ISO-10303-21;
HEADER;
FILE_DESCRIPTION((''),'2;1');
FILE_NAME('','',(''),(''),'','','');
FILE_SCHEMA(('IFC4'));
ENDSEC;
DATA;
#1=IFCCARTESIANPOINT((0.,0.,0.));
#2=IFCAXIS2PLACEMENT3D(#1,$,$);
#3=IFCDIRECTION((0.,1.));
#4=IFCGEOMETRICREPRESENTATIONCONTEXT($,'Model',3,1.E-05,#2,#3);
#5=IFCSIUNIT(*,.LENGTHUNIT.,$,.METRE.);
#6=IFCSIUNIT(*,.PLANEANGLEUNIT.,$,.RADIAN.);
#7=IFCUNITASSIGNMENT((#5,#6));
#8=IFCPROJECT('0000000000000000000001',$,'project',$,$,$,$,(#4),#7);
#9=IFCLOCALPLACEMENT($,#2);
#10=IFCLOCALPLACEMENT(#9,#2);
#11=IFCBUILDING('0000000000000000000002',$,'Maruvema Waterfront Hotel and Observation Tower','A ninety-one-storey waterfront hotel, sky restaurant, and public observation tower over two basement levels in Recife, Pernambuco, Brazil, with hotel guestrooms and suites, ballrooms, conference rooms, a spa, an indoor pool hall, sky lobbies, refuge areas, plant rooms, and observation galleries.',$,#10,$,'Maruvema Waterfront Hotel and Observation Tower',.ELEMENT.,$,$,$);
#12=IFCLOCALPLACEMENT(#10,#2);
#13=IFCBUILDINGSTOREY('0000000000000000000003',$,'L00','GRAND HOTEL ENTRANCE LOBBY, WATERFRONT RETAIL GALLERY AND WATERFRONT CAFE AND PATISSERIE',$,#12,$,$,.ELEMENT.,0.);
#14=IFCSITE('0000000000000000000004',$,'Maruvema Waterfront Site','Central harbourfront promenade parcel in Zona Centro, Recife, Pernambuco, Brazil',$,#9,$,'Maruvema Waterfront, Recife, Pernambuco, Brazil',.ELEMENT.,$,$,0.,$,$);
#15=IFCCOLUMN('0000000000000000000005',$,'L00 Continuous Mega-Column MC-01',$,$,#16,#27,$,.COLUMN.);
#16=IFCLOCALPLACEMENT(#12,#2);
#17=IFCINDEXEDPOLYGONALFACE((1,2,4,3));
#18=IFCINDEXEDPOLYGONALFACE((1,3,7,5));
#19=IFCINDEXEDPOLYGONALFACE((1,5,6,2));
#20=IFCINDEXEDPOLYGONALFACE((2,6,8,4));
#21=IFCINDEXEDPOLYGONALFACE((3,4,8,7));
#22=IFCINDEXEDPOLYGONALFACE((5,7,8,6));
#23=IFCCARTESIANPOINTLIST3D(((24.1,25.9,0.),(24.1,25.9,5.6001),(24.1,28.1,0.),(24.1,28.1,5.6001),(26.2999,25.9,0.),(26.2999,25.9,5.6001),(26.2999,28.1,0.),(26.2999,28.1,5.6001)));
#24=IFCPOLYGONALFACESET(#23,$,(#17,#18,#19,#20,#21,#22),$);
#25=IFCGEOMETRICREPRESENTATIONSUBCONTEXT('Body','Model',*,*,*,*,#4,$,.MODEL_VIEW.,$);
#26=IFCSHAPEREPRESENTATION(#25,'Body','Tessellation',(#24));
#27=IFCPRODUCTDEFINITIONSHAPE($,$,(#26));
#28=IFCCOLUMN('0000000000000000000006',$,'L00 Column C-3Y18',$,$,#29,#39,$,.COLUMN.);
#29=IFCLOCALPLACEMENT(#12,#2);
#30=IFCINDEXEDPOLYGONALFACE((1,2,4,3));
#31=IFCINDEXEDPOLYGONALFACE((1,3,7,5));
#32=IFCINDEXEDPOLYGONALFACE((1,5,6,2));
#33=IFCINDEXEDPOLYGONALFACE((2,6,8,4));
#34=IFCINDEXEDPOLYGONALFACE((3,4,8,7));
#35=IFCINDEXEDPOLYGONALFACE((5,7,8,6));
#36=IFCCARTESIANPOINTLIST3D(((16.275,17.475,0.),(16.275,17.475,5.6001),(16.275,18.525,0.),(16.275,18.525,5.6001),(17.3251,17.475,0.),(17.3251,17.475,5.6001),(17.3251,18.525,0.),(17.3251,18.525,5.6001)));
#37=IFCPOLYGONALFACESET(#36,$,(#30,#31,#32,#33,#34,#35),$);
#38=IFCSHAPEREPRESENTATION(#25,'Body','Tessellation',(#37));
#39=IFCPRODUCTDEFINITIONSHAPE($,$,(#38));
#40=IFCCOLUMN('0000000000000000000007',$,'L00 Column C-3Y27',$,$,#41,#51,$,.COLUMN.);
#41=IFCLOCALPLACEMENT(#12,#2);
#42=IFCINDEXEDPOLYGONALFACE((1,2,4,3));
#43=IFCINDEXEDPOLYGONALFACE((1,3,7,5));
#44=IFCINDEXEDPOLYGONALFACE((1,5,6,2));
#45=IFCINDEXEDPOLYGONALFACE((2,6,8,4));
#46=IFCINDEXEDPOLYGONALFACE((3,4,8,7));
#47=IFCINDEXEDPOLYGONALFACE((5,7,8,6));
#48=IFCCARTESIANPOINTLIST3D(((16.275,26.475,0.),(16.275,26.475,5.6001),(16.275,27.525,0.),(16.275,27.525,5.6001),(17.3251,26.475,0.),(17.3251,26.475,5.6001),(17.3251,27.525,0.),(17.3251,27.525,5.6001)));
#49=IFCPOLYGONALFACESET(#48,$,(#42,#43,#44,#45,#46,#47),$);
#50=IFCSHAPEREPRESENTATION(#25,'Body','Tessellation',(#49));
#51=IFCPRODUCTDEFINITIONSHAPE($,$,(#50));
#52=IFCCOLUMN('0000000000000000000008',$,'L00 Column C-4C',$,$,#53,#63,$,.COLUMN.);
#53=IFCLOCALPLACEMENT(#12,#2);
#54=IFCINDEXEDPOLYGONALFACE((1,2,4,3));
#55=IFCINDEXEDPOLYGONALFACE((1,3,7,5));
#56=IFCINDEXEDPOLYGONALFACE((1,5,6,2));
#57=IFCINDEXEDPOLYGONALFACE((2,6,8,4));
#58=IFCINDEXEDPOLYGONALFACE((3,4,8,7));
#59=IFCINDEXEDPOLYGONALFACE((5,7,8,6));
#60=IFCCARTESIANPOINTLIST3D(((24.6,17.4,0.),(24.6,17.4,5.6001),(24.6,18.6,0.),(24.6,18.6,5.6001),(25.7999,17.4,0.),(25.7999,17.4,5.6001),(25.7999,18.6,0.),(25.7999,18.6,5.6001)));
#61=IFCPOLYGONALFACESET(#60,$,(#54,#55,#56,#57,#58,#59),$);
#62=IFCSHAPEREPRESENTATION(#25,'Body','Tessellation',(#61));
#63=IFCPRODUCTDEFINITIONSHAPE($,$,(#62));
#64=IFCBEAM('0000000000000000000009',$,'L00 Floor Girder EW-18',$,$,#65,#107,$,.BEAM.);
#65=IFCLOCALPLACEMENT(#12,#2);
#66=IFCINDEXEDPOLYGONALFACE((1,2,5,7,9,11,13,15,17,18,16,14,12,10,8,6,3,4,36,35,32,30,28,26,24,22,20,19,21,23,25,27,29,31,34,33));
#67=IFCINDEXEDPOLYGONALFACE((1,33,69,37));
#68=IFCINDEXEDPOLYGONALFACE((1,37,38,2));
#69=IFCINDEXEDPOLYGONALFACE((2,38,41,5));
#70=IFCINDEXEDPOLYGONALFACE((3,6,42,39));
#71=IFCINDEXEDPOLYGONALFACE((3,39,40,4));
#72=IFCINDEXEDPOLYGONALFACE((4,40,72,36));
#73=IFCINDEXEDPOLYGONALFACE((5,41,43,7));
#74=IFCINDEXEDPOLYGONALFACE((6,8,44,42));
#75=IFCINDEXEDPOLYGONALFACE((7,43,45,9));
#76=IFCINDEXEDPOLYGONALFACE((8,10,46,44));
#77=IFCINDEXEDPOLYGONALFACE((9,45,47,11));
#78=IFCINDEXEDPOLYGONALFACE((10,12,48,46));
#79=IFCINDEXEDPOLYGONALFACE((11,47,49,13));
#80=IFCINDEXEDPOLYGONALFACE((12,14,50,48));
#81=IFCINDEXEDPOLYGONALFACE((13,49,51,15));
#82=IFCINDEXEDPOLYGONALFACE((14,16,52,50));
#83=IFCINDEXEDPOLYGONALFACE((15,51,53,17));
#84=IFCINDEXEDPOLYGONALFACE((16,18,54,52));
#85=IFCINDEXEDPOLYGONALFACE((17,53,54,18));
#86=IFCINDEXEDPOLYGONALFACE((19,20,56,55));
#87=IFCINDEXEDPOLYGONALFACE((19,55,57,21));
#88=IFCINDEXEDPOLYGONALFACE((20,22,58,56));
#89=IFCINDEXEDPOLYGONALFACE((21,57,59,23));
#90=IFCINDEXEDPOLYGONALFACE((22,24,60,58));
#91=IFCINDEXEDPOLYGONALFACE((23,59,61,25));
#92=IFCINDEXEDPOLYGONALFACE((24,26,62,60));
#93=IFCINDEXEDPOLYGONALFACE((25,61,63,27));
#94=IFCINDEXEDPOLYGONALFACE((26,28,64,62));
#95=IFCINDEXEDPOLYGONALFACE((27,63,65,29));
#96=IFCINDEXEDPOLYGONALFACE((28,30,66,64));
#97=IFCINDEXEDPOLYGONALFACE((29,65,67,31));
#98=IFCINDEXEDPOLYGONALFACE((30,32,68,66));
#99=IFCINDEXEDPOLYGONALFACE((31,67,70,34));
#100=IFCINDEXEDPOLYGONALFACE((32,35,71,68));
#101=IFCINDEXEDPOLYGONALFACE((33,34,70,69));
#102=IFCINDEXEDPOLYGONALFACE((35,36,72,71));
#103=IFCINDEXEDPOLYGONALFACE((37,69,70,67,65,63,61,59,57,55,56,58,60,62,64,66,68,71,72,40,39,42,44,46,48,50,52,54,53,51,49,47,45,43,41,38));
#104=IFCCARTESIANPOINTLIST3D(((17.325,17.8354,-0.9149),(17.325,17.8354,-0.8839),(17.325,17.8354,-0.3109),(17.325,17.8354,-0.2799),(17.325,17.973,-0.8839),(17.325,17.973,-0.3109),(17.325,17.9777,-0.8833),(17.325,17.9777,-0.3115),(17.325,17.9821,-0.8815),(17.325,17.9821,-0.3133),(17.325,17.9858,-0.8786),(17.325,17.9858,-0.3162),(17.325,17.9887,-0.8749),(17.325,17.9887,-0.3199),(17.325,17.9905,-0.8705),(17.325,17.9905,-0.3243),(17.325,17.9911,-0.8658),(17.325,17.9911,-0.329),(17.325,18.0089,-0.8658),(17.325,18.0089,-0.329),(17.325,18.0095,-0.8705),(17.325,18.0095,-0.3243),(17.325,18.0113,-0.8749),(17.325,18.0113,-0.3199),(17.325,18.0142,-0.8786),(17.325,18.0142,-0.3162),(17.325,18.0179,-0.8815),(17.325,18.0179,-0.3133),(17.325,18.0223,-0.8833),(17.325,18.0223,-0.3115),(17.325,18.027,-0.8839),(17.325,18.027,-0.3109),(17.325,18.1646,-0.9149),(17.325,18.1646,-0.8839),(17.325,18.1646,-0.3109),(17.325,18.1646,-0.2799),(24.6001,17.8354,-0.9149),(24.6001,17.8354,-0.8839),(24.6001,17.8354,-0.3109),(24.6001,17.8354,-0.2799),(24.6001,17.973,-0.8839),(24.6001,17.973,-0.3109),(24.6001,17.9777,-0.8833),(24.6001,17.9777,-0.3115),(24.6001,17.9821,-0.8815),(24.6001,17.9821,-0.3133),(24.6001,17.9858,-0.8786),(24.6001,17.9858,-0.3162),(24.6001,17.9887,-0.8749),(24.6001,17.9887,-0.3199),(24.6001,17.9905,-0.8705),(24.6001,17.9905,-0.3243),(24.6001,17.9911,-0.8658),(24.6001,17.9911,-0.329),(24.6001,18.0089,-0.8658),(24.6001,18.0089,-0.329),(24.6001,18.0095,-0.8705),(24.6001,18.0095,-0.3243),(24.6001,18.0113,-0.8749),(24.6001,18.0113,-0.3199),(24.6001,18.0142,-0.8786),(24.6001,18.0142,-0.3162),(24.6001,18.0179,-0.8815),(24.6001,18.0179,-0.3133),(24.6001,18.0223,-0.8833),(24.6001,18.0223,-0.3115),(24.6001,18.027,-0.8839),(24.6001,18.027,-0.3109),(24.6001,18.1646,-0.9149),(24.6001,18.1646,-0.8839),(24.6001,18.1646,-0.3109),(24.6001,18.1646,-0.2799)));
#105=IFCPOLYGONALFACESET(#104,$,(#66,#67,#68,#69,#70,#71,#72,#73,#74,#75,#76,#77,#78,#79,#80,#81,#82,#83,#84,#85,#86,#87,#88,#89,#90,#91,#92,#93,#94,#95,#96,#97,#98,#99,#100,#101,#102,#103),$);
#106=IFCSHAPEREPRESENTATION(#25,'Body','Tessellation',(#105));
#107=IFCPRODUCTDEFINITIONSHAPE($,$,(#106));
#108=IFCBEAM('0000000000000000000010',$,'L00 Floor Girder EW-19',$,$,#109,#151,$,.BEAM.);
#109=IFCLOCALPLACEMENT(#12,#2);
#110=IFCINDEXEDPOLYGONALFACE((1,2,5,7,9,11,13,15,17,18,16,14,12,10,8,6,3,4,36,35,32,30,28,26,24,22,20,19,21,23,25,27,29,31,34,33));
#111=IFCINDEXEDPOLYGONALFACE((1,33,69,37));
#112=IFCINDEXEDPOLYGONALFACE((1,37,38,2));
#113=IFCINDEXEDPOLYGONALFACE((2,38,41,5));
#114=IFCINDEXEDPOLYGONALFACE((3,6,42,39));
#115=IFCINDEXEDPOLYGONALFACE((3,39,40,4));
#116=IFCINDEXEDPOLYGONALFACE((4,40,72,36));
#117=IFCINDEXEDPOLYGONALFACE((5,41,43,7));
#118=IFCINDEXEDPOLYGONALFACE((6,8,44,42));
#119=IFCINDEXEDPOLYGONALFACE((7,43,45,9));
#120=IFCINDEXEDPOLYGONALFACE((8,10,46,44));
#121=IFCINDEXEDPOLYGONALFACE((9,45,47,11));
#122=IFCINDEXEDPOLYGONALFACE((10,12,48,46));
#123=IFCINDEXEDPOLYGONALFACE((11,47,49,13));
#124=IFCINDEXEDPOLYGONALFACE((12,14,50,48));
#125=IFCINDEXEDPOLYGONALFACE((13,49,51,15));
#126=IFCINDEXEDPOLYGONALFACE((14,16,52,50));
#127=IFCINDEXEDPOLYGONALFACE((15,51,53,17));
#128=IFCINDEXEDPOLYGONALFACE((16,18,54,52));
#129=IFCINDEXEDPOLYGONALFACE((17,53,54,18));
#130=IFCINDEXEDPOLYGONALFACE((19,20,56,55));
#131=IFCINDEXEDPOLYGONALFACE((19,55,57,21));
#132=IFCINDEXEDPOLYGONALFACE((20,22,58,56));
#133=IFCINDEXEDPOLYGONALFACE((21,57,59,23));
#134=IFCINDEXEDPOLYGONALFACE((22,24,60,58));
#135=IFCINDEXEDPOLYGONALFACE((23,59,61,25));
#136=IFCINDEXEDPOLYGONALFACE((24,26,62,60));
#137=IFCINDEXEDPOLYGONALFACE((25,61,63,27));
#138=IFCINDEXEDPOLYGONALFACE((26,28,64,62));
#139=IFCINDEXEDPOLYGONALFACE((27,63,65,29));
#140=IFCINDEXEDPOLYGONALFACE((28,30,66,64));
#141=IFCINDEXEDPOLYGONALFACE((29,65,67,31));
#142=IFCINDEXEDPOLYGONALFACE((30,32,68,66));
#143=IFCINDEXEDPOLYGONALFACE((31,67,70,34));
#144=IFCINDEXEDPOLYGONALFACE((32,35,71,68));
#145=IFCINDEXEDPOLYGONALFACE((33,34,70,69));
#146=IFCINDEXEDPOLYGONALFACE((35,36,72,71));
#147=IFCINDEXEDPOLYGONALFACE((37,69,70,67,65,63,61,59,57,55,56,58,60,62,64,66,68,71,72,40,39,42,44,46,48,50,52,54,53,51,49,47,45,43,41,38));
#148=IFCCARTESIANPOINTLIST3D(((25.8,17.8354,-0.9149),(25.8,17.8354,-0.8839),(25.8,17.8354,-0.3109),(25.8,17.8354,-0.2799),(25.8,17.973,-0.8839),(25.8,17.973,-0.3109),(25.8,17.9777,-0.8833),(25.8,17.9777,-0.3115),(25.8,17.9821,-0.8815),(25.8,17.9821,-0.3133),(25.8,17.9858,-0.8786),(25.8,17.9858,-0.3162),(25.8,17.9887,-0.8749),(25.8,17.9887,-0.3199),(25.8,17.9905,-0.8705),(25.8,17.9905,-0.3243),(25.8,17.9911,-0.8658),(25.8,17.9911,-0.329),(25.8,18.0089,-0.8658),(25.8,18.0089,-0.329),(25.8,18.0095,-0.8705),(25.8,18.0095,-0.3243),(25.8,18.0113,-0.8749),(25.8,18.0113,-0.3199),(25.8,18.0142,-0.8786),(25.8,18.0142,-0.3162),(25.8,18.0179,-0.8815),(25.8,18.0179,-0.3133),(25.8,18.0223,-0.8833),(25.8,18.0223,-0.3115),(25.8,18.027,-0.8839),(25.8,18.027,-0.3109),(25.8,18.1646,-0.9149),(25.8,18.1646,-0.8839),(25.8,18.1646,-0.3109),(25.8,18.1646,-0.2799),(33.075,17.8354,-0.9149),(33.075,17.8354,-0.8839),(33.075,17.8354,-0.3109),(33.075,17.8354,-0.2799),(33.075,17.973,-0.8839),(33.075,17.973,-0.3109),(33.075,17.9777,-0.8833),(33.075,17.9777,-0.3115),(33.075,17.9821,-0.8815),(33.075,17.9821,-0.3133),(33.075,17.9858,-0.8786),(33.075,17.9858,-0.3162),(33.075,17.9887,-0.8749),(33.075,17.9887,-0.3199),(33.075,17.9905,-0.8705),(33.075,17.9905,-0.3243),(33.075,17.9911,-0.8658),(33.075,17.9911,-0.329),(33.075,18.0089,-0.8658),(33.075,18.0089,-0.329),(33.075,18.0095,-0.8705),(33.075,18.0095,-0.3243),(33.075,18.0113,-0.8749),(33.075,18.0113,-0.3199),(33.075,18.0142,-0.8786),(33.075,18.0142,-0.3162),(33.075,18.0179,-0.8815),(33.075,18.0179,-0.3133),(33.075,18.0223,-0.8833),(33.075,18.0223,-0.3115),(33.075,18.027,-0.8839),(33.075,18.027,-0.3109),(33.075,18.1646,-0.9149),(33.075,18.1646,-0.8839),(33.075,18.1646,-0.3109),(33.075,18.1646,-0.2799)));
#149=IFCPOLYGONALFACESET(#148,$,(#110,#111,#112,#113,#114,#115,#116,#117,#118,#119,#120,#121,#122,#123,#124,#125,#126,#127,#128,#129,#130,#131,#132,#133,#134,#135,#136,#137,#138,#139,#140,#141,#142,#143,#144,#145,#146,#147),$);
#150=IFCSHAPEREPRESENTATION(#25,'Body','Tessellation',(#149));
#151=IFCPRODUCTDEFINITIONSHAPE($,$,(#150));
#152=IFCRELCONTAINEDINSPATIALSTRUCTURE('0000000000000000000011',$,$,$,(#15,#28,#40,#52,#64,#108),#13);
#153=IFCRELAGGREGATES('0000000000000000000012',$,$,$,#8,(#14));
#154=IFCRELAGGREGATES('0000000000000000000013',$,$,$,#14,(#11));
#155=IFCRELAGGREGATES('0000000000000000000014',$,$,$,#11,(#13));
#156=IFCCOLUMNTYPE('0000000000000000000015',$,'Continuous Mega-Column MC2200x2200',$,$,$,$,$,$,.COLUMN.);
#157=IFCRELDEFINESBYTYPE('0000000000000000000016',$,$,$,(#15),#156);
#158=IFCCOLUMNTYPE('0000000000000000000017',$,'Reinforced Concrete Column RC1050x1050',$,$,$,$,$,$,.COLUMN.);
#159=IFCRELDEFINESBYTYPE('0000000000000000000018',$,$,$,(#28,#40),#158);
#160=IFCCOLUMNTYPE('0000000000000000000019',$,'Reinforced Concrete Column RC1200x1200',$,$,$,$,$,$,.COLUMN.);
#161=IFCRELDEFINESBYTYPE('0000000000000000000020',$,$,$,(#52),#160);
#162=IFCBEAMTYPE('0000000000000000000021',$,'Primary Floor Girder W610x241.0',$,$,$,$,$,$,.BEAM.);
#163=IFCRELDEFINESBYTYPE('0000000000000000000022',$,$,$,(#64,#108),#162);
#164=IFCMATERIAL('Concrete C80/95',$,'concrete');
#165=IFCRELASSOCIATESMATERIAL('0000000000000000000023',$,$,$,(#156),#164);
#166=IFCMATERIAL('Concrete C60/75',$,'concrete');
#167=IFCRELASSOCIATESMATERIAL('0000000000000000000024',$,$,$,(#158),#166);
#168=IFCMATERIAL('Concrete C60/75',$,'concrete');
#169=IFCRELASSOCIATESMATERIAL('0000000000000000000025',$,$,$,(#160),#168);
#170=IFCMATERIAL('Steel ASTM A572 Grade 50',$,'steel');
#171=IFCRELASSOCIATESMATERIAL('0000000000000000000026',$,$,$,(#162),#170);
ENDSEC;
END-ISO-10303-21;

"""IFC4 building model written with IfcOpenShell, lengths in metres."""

from ifc_helpers import new_model, si_unit, direction, frame, origin, origin_2d, place, context, subcontext, project, spatial, rectangle, i_section, extrude, material, material_profile, profile_set, type_object, element, save


model = new_model("IFC4")

# Units and contexts
model_context = context("Model", 3, precision=1e-05, world=origin(), true_north=direction((0.0, 1.0)))
body_context = subcontext(model_context, "Body", "Model", "MODEL_VIEW")
ifc_project = project(units=[si_unit("LENGTHUNIT", "METRE"), si_unit("PLANEANGLEUNIT", "RADIAN")], contexts=[model_context])

# Site, building, storey
site_placement = place(None, origin())
site = spatial("IfcSite", under=ifc_project, at=site_placement, Name="Maruvema Waterfront Site", Description="Central harbourfront promenade parcel in Zona Centro, Recife, Pernambuco, Brazil", LongName="Maruvema Waterfront, Recife, Pernambuco, Brazil", CompositionType="ELEMENT", RefElevation=0.0)
building_placement = place(site_placement, origin())
building = spatial("IfcBuilding", under=site, at=building_placement, Name="Maruvema Waterfront Hotel and Observation Tower", Description="A ninety-one-storey waterfront hotel, sky restaurant, and public observation tower over two basement levels in Recife, Pernambuco, Brazil, with hotel guestrooms and suites, ballrooms, conference rooms, a spa, an indoor pool hall, sky lobbies, refuge areas, plant rooms, and observation galleries.", LongName="Maruvema Waterfront Hotel and Observation Tower", CompositionType="ELEMENT")
storey_placement = place(building_placement, origin())
storey = spatial("IfcBuildingStorey", under=building, at=storey_placement, Name="L00", Description="GRAND HOTEL ENTRANCE LOBBY, WATERFRONT RETAIL GALLERY AND WATERFRONT CAFE AND PATISSERIE", CompositionType="ELEMENT", Elevation=0.0)

# Columns
ifc_material_1 = material(Name="Concrete C80/95", Category="concrete")
ifc_material_profile_1 = material_profile(ifc_material_1, rectangle(XDim=2.2, YDim=2.2, at=origin_2d()), Name="MC2200x2200")
ifc_profile_set_1 = profile_set([ifc_material_profile_1], Name="Concrete C80/95")
column_type_1 = type_object("IfcColumnType", Name="Continuous Mega-Column MC2200x2200", PredefinedType="COLUMN", material=ifc_profile_set_1)
column_1_placement = place(storey_placement, frame((25.2, 27.0, 0.0), z_axis=(0.0, 0.0, 1.0), x_axis=(1.0, 0.0, 0.0)))
element("IfcColumn", 1, at=column_1_placement, inside=storey, type_object=column_type_1, Name="L00 Continuous Mega-Column MC-01", PredefinedType="COLUMN", context=body_context, shape_type="SweptSolid", body=[
    extrude(rectangle(XDim=2.2, YDim=2.2, at=origin_2d()), origin(), (0.0, 0.0, 1.0), 5.6001),
])
ifc_material_2 = material(Name="Concrete C60/75", Category="concrete")
ifc_material_profile_2 = material_profile(ifc_material_2, rectangle(XDim=1.05, YDim=1.05, at=origin_2d()), Name="RC1050x1050")
ifc_profile_set_2 = profile_set([ifc_material_profile_2], Name="Concrete C60/75")
column_type_2 = type_object("IfcColumnType", Name="Reinforced Concrete Column RC1050x1050", PredefinedType="COLUMN", material=ifc_profile_set_2)
for number, where, z_axis, x_axis, name in (
    (2, (16.8, 18.0, 0.0), (0.0, 0.0, 1.0), (1.0, 0.0, 0.0), "L00 Column C-3Y18"),
    (3, (16.8, 27.0, 0.0), (0.0, 0.0, 1.0), (1.0, 0.0, 0.0), "L00 Column C-3Y27"),
):
    element("IfcColumn", number, at=place(storey_placement, frame(where, z_axis=z_axis, x_axis=x_axis)), inside=storey, type_object=column_type_2, Name=name, PredefinedType="COLUMN", context=body_context, shape_type="SweptSolid", body=[
        extrude(rectangle(XDim=1.05, YDim=1.05, at=origin_2d()), origin(), (0.0, 0.0, 1.0), 5.6001),
    ])
ifc_material_3 = material(Name="Concrete C60/75", Category="concrete")
ifc_material_profile_3 = material_profile(ifc_material_3, rectangle(XDim=1.2, YDim=1.2, at=origin_2d()), Name="RC1200x1200")
ifc_profile_set_3 = profile_set([ifc_material_profile_3], Name="Concrete C60/75")
column_type_3 = type_object("IfcColumnType", Name="Reinforced Concrete Column RC1200x1200", PredefinedType="COLUMN", material=ifc_profile_set_3)
column_2_placement = place(storey_placement, frame((25.2, 18.0, 0.0), z_axis=(0.0, 0.0, 1.0), x_axis=(1.0, 0.0, 0.0)))
element("IfcColumn", 4, at=column_2_placement, inside=storey, type_object=column_type_3, Name="L00 Column C-4C", PredefinedType="COLUMN", context=body_context, shape_type="SweptSolid", body=[
    extrude(rectangle(XDim=1.2, YDim=1.2, at=origin_2d()), origin(), (0.0, 0.0, 1.0), 5.6001),
])

# Beams
ifc_material_4 = material(Name="Steel ASTM A572 Grade 50", Category="steel")
ifc_material_profile_4 = material_profile(ifc_material_4, i_section(OverallWidth=0.3291, OverallDepth=0.635, WebThickness=0.0178, FlangeThickness=0.031, FilletRadius=0.0181, at=origin_2d()), Name="W610x241.0")
ifc_profile_set_4 = profile_set([ifc_material_profile_4], Name="Steel ASTM A572 Grade 50")
beam_type_1 = type_object("IfcBeamType", Name="Primary Floor Girder W610x241.0", PredefinedType="BEAM", material=ifc_profile_set_4)
beam_1_placement = place(storey_placement, frame((17.325, 18.0, -0.5974), z_axis=(1.0, 0.0, 0.0), x_axis=(0.0, 1.0, 0.0)))
element("IfcBeam", 5, at=beam_1_placement, inside=storey, type_object=beam_type_1, Name="L00 Floor Girder EW-18", PredefinedType="BEAM", context=body_context, shape_type="SweptSolid", body=[
    extrude(i_section(OverallWidth=0.3291, OverallDepth=0.635, WebThickness=0.0178, FlangeThickness=0.031, FilletRadius=0.0181, at=origin_2d()), origin(), (0.0, 0.0, 1.0), 7.2751),
])
beam_2_placement = place(storey_placement, frame((25.8, 18.0, -0.5974), z_axis=(1.0, 0.0, 0.0), x_axis=(0.0, 1.0, 0.0)))
element("IfcBeam", 6, at=beam_2_placement, inside=storey, type_object=beam_type_1, Name="L00 Floor Girder EW-19", PredefinedType="BEAM", context=body_context, shape_type="SweptSolid", body=[
    extrude(i_section(OverallWidth=0.3291, OverallDepth=0.635, WebThickness=0.0178, FlangeThickness=0.031, FilletRadius=0.0181, at=origin_2d()), origin(), (0.0, 0.0, 1.0), 7.2749),
])

save(model, "model.ifc")
